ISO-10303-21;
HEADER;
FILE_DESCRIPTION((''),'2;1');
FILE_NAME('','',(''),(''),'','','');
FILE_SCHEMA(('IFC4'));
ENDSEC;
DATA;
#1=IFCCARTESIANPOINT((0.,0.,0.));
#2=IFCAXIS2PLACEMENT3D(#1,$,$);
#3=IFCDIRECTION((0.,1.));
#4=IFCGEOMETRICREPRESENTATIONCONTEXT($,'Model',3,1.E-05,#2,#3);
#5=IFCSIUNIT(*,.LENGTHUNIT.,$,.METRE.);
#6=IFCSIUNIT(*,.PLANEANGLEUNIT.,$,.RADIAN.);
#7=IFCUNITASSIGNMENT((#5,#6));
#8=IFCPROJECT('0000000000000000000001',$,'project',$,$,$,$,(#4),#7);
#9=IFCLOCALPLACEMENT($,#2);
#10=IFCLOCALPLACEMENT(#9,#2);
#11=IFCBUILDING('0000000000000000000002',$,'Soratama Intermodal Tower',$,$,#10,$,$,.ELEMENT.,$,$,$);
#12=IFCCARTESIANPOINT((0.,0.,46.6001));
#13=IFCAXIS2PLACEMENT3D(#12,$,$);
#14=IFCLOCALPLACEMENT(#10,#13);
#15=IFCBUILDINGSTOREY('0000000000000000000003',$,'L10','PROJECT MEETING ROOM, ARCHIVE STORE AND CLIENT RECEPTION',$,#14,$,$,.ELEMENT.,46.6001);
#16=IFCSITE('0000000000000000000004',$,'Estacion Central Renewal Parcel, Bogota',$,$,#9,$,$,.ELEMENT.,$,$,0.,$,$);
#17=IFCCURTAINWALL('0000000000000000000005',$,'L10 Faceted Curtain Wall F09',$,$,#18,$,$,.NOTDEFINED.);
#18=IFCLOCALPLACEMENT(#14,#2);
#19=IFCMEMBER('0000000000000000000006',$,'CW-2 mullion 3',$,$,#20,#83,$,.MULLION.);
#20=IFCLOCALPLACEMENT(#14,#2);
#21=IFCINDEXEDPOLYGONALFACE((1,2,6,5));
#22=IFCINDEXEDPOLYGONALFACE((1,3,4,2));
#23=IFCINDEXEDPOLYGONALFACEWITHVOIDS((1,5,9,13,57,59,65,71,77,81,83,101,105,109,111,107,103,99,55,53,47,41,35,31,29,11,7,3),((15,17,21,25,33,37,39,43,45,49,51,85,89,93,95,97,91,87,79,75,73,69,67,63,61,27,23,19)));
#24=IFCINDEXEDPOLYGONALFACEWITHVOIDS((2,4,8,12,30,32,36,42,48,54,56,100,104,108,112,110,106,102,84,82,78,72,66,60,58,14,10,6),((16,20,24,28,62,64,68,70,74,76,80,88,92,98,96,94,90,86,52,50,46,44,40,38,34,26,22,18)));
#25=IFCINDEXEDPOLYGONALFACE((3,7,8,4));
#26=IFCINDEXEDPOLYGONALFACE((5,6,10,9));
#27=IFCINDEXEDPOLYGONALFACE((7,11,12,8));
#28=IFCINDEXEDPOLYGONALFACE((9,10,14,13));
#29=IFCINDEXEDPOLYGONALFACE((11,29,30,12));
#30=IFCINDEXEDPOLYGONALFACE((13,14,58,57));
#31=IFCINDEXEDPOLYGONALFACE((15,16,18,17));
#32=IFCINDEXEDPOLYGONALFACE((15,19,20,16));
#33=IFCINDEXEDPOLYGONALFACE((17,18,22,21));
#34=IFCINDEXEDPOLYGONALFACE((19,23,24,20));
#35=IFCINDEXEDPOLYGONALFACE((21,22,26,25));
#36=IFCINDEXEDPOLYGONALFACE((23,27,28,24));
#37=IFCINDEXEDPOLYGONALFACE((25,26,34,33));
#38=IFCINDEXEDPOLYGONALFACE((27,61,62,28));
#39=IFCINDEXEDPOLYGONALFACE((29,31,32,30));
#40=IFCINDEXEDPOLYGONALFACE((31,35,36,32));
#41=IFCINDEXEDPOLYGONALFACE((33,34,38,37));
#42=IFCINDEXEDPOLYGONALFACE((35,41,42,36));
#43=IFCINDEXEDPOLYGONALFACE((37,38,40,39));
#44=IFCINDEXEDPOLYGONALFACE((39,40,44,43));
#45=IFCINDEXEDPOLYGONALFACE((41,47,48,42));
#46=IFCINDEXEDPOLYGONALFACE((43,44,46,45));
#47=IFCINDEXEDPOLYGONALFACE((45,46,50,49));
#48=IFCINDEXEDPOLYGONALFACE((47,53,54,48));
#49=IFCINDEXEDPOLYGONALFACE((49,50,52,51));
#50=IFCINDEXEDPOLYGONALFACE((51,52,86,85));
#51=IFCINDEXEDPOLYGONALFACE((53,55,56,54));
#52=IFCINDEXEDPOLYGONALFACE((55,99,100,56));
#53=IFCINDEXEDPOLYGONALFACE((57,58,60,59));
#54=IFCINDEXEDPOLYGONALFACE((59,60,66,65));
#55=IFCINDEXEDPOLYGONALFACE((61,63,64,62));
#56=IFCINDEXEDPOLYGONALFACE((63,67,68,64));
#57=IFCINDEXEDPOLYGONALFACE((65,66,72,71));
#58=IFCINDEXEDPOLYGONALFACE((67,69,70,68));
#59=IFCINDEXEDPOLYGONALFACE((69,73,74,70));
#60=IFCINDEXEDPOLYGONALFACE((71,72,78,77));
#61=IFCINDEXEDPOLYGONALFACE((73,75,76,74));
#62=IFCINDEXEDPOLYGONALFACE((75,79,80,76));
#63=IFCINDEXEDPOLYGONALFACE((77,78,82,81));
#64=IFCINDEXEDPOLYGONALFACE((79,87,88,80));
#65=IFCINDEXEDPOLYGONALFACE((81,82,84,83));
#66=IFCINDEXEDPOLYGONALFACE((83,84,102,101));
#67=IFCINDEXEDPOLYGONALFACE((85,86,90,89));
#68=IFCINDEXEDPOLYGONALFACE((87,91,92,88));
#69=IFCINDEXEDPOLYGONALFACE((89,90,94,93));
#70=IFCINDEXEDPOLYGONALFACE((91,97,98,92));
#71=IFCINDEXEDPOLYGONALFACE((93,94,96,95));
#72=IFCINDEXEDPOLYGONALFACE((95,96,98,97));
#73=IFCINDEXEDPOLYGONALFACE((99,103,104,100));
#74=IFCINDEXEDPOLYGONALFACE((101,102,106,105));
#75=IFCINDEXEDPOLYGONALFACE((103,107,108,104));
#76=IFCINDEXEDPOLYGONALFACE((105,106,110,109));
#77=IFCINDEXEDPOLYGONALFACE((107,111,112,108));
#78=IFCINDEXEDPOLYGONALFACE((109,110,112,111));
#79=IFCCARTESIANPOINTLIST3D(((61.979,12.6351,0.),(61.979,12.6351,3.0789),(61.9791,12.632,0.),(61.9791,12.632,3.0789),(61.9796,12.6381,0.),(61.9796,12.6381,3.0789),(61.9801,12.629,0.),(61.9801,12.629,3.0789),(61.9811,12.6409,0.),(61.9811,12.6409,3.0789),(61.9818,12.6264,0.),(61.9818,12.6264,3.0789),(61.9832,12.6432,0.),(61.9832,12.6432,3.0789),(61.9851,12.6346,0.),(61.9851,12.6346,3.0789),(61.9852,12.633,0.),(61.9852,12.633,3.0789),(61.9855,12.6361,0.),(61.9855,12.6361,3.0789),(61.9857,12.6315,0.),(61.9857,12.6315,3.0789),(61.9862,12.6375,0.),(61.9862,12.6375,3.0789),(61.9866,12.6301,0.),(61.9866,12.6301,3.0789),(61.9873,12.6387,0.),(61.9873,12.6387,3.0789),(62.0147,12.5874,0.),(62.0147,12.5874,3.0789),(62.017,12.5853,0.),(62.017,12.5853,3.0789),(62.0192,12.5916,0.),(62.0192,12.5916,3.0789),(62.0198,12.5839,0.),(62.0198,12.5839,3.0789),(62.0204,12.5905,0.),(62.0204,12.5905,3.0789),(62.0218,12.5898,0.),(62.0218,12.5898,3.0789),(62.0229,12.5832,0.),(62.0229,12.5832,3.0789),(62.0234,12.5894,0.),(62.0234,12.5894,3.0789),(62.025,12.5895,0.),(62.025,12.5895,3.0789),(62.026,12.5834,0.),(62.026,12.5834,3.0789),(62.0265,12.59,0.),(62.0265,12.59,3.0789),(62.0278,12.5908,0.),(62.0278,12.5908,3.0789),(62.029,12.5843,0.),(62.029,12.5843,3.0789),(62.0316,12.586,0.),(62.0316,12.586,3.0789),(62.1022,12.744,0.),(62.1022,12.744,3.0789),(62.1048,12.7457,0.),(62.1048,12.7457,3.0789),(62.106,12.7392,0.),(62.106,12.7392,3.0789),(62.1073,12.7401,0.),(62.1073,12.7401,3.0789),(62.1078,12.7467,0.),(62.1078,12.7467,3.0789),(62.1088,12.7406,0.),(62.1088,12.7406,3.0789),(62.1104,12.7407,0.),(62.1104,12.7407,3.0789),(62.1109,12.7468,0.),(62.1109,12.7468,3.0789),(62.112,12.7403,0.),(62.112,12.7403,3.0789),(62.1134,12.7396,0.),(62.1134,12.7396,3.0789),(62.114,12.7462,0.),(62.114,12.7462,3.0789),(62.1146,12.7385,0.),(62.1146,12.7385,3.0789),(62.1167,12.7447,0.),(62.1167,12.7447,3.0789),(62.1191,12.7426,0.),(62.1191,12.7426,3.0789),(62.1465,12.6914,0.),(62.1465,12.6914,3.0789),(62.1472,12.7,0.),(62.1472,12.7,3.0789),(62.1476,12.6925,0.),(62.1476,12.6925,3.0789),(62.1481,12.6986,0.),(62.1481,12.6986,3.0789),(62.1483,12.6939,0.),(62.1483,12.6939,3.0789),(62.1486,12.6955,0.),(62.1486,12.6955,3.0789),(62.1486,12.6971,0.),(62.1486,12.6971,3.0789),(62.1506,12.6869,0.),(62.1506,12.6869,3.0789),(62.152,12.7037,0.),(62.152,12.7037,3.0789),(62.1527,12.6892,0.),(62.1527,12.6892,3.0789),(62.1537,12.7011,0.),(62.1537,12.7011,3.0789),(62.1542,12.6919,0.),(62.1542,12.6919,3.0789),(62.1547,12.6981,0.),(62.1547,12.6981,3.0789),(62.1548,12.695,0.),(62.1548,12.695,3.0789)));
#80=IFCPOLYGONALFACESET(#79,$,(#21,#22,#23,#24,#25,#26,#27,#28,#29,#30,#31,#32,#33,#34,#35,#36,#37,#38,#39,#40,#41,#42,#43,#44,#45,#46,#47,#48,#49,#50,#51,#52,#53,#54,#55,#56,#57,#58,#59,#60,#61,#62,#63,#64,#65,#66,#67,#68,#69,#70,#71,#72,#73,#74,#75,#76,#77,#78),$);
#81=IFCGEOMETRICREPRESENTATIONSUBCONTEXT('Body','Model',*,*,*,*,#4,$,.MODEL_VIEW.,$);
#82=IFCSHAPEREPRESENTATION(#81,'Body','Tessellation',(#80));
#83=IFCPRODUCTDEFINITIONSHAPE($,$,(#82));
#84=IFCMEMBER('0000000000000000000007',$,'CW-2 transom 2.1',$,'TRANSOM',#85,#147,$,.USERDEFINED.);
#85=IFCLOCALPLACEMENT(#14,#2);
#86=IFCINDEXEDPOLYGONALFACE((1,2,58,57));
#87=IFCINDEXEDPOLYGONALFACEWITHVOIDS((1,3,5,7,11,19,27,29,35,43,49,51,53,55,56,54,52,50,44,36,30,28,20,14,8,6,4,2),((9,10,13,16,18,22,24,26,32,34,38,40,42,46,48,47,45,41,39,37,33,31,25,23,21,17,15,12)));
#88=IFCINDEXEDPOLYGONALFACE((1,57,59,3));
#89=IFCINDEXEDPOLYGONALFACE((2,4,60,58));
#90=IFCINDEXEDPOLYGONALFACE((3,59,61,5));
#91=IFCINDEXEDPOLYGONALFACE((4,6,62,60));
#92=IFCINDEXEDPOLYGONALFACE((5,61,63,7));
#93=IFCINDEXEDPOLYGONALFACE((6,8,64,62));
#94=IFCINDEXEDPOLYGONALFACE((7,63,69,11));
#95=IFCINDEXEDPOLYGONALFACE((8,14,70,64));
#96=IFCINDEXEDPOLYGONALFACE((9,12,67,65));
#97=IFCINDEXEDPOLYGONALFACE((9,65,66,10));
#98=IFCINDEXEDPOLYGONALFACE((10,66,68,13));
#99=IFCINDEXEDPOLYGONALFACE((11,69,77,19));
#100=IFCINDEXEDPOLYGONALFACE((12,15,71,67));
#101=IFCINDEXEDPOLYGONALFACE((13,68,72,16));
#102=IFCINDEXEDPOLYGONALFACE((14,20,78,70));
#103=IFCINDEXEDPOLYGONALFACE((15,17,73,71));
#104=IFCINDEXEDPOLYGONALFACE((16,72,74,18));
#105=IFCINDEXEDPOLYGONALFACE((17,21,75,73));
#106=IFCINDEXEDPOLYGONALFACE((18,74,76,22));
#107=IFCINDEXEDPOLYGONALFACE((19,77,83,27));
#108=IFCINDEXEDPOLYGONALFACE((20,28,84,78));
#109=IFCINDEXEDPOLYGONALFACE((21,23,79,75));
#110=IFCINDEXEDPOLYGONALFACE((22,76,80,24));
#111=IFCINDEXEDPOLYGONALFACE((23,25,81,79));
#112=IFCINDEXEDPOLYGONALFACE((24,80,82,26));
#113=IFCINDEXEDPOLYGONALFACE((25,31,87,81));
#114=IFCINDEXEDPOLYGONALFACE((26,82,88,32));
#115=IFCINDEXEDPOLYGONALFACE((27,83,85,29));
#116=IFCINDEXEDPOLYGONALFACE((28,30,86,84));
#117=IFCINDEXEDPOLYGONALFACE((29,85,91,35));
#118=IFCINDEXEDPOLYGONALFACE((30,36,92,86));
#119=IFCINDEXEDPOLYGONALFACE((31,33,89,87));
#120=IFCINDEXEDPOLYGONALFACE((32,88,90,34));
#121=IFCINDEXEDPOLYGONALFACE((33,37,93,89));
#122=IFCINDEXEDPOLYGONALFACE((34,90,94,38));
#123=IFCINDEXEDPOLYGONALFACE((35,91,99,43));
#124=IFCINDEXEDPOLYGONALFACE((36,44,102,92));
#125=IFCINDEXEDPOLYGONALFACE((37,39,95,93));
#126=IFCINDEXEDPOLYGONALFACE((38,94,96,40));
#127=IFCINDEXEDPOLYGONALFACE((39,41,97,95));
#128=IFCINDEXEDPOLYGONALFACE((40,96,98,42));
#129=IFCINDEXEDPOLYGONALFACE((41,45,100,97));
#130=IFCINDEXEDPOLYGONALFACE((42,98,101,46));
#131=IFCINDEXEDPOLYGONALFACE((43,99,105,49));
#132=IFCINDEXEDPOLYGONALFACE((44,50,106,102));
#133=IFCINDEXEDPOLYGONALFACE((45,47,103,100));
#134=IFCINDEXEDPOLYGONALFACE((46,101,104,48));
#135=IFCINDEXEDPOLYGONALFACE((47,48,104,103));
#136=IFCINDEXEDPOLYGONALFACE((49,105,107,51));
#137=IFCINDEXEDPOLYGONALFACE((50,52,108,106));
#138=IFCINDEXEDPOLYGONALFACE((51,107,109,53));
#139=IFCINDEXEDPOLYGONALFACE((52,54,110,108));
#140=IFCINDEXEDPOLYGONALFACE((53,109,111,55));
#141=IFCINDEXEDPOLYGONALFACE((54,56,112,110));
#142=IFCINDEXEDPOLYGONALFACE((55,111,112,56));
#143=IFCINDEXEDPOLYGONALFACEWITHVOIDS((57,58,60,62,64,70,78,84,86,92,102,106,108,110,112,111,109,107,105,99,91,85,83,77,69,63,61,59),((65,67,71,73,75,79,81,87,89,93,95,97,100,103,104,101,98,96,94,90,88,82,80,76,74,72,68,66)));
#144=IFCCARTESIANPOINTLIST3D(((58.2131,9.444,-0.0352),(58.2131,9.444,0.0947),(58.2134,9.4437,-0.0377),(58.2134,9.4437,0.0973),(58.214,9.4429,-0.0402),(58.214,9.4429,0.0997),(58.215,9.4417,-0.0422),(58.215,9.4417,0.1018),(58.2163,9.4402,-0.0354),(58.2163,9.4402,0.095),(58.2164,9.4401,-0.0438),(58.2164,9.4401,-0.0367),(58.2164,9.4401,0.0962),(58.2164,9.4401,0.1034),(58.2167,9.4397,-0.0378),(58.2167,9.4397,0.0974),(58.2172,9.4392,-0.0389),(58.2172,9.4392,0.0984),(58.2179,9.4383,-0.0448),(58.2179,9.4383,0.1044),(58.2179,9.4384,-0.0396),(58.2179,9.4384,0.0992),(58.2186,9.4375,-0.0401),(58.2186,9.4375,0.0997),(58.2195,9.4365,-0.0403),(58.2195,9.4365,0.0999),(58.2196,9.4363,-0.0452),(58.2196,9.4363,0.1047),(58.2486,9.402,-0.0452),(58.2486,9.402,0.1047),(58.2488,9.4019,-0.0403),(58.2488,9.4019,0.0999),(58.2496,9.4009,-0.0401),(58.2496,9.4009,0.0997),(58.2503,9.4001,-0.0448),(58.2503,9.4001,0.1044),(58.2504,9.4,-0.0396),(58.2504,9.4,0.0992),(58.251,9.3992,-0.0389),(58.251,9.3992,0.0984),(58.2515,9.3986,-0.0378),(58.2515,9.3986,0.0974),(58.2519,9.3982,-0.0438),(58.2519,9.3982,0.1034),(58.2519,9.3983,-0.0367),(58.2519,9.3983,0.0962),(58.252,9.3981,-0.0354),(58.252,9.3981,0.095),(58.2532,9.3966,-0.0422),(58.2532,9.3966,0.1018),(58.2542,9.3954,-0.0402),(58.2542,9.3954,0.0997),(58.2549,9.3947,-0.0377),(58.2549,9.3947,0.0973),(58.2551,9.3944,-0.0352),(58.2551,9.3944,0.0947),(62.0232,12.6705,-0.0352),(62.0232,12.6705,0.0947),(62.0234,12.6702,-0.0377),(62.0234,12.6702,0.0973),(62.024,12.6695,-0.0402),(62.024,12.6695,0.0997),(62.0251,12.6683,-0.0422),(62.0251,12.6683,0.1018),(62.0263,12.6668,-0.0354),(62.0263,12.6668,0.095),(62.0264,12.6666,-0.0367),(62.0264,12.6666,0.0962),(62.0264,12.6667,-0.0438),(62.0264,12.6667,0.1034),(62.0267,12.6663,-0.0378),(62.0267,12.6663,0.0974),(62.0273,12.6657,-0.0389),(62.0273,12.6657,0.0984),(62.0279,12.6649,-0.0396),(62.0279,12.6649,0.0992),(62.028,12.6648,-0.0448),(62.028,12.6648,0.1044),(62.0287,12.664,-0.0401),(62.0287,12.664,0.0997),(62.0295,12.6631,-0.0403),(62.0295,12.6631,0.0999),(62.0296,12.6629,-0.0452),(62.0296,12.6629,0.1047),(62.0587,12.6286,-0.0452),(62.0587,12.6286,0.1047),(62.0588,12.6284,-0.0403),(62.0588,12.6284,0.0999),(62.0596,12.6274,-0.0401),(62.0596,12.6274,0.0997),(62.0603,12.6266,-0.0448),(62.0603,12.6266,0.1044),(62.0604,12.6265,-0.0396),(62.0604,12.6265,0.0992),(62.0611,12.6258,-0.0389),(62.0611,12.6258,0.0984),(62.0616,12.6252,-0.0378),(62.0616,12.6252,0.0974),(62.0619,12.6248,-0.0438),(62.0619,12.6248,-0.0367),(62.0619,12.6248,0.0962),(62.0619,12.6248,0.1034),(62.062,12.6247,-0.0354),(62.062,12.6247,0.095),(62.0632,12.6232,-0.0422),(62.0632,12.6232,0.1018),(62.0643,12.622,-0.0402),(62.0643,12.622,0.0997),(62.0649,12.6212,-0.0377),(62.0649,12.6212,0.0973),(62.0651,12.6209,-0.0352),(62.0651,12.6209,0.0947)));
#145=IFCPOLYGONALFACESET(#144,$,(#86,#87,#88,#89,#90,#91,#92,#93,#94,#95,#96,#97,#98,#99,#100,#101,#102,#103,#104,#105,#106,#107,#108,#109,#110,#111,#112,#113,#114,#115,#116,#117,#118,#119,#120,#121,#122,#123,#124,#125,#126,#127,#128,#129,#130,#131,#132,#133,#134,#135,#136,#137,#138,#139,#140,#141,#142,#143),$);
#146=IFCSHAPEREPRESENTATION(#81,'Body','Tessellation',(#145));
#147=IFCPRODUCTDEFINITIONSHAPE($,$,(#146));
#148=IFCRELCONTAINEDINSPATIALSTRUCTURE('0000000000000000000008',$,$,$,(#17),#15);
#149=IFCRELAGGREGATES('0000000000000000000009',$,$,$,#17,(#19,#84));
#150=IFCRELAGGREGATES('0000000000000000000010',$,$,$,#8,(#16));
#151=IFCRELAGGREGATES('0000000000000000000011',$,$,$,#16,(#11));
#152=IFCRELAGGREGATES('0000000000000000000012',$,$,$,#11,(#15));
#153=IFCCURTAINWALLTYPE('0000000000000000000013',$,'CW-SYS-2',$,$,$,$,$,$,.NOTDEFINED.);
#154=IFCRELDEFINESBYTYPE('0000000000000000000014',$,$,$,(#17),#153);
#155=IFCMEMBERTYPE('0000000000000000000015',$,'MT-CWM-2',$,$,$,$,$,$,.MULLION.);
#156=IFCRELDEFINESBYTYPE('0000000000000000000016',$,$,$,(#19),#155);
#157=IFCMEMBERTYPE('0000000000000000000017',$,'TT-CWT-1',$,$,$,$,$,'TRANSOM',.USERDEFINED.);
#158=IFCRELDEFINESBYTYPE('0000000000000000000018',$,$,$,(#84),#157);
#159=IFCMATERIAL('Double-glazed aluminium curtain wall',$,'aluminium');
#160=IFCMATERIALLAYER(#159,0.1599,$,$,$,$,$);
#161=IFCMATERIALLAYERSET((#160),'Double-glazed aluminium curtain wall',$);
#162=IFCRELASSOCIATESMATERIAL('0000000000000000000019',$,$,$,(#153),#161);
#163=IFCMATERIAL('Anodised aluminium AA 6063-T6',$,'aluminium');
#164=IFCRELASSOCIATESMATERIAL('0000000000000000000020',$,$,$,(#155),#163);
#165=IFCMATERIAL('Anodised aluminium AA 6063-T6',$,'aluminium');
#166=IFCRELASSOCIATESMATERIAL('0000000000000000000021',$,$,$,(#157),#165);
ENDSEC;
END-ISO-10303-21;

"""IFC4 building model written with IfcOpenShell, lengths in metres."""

from ifc_helpers import new_model, si_unit, direction, frame, origin, origin_2d, place, context, subcontext, project, spatial, hollow_rectangle, extrude, material, layer, layer_set, material_profile, profile_set, type_object, element, aggregate, save


model = new_model("IFC4")

# Units and contexts
model_context = context("Model", 3, precision=1e-05, world=origin(), true_north=direction((0.0, 1.0)))
body_context = subcontext(model_context, "Body", "Model", "MODEL_VIEW")
ifc_project = project(units=[si_unit("LENGTHUNIT", "METRE"), si_unit("PLANEANGLEUNIT", "RADIAN")], contexts=[model_context])

# Site, building, storey
site_placement = place(None, origin())
site = spatial("IfcSite", under=ifc_project, at=site_placement, Name="Estacion Central Renewal Parcel, Bogota", CompositionType="ELEMENT", RefElevation=0.0)
building_placement = place(site_placement, origin())
building = spatial("IfcBuilding", under=site, at=building_placement, Name="Soratama Intermodal Tower", CompositionType="ELEMENT")
storey_placement = place(building_placement, frame((0.0, 0.0, 46.6001)))
storey = spatial("IfcBuildingStorey", under=building, at=storey_placement, Name="L10", Description="PROJECT MEETING ROOM, ARCHIVE STORE AND CLIENT RECEPTION", CompositionType="ELEMENT", Elevation=46.6001)

# Curtain wall, members
ifc_material_1 = material(Name="Double-glazed aluminium curtain wall", Category="aluminium")
ifc_layer_1 = layer(ifc_material_1, 0.1599)
ifc_layer_set_1 = layer_set([ifc_layer_1], Name="Double-glazed aluminium curtain wall")
curtain_wall_type = type_object("IfcCurtainWallType", Name="CW-SYS-2", PredefinedType="NOTDEFINED", material=ifc_layer_set_1)
curtain_wall_placement = place(storey_placement, origin())
curtain_wall = element("IfcCurtainWall", 1, at=curtain_wall_placement, inside=storey, type_object=curtain_wall_type, Name="L10 Faceted Curtain Wall F09", PredefinedType="NOTDEFINED")
ifc_material_2 = material(Name="Anodised aluminium AA 6063-T6", Category="aluminium")
ifc_material_profile_1 = material_profile(ifc_material_2, hollow_rectangle(XDim=0.075, YDim=0.1799, WallThickness=0.0061, InnerFilletRadius=0.0061, OuterFilletRadius=0.012, at=origin_2d()), Name="CWM180X75X6")
ifc_profile_set_1 = profile_set([ifc_material_profile_1], Name="Anodised aluminium AA 6063-T6")
member_type_1 = type_object("IfcMemberType", Name="MT-CWM-2", PredefinedType="MULLION", material=ifc_profile_set_1)
member_1_placement = place(storey_placement, frame((62.0669, 12.665, 0.0), z_axis=(0.0, 0.0, 1.0), x_axis=(-0.646259, 0.763118, 0.0)))
member_1 = element("IfcMember", 2, at=member_1_placement, type_object=member_type_1, Name="CW-2 mullion 3", PredefinedType="MULLION", context=body_context, shape_type="SweptSolid", body=[
    extrude(hollow_rectangle(XDim=0.075, YDim=0.1799, WallThickness=0.0061, InnerFilletRadius=0.0061, OuterFilletRadius=0.012, at=origin_2d()), origin(), (0.0, 0.0, 1.0), 3.0789),
])
ifc_material_3 = material(Name="Anodised aluminium AA 6063-T6", Category="aluminium")
ifc_material_profile_2 = material_profile(ifc_material_3, hollow_rectangle(XDim=0.0649, YDim=0.1499, WallThickness=0.0049, InnerFilletRadius=0.0049, OuterFilletRadius=0.01, at=origin_2d()), Name="CWT150X65X5")
ifc_profile_set_2 = profile_set([ifc_material_profile_2], Name="Anodised aluminium AA 6063-T6")
member_type_2 = type_object("IfcMemberType", Name="TT-CWT-1", ElementType="TRANSOM", PredefinedType="USERDEFINED", material=ifc_profile_set_2)
member_2_placement = place(storey_placement, frame((58.2341, 9.4192, 0.0298), z_axis=(0.763123, 0.646253, 0.0), x_axis=(-0.646253, 0.763123, 0.0)))
member_2 = element("IfcMember", 3, at=member_2_placement, type_object=member_type_2, Name="CW-2 transom 2.1", ObjectType="TRANSOM", PredefinedType="USERDEFINED", context=body_context, shape_type="SweptSolid", body=[
    extrude(hollow_rectangle(XDim=0.0649, YDim=0.1499, WallThickness=0.0049, InnerFilletRadius=0.0049, OuterFilletRadius=0.01, at=origin_2d()), origin(), (0.0, 0.0, 1.0), 4.9927),
])
aggregate(curtain_wall, [member_1, member_2])

save(model, "model.ifc")
